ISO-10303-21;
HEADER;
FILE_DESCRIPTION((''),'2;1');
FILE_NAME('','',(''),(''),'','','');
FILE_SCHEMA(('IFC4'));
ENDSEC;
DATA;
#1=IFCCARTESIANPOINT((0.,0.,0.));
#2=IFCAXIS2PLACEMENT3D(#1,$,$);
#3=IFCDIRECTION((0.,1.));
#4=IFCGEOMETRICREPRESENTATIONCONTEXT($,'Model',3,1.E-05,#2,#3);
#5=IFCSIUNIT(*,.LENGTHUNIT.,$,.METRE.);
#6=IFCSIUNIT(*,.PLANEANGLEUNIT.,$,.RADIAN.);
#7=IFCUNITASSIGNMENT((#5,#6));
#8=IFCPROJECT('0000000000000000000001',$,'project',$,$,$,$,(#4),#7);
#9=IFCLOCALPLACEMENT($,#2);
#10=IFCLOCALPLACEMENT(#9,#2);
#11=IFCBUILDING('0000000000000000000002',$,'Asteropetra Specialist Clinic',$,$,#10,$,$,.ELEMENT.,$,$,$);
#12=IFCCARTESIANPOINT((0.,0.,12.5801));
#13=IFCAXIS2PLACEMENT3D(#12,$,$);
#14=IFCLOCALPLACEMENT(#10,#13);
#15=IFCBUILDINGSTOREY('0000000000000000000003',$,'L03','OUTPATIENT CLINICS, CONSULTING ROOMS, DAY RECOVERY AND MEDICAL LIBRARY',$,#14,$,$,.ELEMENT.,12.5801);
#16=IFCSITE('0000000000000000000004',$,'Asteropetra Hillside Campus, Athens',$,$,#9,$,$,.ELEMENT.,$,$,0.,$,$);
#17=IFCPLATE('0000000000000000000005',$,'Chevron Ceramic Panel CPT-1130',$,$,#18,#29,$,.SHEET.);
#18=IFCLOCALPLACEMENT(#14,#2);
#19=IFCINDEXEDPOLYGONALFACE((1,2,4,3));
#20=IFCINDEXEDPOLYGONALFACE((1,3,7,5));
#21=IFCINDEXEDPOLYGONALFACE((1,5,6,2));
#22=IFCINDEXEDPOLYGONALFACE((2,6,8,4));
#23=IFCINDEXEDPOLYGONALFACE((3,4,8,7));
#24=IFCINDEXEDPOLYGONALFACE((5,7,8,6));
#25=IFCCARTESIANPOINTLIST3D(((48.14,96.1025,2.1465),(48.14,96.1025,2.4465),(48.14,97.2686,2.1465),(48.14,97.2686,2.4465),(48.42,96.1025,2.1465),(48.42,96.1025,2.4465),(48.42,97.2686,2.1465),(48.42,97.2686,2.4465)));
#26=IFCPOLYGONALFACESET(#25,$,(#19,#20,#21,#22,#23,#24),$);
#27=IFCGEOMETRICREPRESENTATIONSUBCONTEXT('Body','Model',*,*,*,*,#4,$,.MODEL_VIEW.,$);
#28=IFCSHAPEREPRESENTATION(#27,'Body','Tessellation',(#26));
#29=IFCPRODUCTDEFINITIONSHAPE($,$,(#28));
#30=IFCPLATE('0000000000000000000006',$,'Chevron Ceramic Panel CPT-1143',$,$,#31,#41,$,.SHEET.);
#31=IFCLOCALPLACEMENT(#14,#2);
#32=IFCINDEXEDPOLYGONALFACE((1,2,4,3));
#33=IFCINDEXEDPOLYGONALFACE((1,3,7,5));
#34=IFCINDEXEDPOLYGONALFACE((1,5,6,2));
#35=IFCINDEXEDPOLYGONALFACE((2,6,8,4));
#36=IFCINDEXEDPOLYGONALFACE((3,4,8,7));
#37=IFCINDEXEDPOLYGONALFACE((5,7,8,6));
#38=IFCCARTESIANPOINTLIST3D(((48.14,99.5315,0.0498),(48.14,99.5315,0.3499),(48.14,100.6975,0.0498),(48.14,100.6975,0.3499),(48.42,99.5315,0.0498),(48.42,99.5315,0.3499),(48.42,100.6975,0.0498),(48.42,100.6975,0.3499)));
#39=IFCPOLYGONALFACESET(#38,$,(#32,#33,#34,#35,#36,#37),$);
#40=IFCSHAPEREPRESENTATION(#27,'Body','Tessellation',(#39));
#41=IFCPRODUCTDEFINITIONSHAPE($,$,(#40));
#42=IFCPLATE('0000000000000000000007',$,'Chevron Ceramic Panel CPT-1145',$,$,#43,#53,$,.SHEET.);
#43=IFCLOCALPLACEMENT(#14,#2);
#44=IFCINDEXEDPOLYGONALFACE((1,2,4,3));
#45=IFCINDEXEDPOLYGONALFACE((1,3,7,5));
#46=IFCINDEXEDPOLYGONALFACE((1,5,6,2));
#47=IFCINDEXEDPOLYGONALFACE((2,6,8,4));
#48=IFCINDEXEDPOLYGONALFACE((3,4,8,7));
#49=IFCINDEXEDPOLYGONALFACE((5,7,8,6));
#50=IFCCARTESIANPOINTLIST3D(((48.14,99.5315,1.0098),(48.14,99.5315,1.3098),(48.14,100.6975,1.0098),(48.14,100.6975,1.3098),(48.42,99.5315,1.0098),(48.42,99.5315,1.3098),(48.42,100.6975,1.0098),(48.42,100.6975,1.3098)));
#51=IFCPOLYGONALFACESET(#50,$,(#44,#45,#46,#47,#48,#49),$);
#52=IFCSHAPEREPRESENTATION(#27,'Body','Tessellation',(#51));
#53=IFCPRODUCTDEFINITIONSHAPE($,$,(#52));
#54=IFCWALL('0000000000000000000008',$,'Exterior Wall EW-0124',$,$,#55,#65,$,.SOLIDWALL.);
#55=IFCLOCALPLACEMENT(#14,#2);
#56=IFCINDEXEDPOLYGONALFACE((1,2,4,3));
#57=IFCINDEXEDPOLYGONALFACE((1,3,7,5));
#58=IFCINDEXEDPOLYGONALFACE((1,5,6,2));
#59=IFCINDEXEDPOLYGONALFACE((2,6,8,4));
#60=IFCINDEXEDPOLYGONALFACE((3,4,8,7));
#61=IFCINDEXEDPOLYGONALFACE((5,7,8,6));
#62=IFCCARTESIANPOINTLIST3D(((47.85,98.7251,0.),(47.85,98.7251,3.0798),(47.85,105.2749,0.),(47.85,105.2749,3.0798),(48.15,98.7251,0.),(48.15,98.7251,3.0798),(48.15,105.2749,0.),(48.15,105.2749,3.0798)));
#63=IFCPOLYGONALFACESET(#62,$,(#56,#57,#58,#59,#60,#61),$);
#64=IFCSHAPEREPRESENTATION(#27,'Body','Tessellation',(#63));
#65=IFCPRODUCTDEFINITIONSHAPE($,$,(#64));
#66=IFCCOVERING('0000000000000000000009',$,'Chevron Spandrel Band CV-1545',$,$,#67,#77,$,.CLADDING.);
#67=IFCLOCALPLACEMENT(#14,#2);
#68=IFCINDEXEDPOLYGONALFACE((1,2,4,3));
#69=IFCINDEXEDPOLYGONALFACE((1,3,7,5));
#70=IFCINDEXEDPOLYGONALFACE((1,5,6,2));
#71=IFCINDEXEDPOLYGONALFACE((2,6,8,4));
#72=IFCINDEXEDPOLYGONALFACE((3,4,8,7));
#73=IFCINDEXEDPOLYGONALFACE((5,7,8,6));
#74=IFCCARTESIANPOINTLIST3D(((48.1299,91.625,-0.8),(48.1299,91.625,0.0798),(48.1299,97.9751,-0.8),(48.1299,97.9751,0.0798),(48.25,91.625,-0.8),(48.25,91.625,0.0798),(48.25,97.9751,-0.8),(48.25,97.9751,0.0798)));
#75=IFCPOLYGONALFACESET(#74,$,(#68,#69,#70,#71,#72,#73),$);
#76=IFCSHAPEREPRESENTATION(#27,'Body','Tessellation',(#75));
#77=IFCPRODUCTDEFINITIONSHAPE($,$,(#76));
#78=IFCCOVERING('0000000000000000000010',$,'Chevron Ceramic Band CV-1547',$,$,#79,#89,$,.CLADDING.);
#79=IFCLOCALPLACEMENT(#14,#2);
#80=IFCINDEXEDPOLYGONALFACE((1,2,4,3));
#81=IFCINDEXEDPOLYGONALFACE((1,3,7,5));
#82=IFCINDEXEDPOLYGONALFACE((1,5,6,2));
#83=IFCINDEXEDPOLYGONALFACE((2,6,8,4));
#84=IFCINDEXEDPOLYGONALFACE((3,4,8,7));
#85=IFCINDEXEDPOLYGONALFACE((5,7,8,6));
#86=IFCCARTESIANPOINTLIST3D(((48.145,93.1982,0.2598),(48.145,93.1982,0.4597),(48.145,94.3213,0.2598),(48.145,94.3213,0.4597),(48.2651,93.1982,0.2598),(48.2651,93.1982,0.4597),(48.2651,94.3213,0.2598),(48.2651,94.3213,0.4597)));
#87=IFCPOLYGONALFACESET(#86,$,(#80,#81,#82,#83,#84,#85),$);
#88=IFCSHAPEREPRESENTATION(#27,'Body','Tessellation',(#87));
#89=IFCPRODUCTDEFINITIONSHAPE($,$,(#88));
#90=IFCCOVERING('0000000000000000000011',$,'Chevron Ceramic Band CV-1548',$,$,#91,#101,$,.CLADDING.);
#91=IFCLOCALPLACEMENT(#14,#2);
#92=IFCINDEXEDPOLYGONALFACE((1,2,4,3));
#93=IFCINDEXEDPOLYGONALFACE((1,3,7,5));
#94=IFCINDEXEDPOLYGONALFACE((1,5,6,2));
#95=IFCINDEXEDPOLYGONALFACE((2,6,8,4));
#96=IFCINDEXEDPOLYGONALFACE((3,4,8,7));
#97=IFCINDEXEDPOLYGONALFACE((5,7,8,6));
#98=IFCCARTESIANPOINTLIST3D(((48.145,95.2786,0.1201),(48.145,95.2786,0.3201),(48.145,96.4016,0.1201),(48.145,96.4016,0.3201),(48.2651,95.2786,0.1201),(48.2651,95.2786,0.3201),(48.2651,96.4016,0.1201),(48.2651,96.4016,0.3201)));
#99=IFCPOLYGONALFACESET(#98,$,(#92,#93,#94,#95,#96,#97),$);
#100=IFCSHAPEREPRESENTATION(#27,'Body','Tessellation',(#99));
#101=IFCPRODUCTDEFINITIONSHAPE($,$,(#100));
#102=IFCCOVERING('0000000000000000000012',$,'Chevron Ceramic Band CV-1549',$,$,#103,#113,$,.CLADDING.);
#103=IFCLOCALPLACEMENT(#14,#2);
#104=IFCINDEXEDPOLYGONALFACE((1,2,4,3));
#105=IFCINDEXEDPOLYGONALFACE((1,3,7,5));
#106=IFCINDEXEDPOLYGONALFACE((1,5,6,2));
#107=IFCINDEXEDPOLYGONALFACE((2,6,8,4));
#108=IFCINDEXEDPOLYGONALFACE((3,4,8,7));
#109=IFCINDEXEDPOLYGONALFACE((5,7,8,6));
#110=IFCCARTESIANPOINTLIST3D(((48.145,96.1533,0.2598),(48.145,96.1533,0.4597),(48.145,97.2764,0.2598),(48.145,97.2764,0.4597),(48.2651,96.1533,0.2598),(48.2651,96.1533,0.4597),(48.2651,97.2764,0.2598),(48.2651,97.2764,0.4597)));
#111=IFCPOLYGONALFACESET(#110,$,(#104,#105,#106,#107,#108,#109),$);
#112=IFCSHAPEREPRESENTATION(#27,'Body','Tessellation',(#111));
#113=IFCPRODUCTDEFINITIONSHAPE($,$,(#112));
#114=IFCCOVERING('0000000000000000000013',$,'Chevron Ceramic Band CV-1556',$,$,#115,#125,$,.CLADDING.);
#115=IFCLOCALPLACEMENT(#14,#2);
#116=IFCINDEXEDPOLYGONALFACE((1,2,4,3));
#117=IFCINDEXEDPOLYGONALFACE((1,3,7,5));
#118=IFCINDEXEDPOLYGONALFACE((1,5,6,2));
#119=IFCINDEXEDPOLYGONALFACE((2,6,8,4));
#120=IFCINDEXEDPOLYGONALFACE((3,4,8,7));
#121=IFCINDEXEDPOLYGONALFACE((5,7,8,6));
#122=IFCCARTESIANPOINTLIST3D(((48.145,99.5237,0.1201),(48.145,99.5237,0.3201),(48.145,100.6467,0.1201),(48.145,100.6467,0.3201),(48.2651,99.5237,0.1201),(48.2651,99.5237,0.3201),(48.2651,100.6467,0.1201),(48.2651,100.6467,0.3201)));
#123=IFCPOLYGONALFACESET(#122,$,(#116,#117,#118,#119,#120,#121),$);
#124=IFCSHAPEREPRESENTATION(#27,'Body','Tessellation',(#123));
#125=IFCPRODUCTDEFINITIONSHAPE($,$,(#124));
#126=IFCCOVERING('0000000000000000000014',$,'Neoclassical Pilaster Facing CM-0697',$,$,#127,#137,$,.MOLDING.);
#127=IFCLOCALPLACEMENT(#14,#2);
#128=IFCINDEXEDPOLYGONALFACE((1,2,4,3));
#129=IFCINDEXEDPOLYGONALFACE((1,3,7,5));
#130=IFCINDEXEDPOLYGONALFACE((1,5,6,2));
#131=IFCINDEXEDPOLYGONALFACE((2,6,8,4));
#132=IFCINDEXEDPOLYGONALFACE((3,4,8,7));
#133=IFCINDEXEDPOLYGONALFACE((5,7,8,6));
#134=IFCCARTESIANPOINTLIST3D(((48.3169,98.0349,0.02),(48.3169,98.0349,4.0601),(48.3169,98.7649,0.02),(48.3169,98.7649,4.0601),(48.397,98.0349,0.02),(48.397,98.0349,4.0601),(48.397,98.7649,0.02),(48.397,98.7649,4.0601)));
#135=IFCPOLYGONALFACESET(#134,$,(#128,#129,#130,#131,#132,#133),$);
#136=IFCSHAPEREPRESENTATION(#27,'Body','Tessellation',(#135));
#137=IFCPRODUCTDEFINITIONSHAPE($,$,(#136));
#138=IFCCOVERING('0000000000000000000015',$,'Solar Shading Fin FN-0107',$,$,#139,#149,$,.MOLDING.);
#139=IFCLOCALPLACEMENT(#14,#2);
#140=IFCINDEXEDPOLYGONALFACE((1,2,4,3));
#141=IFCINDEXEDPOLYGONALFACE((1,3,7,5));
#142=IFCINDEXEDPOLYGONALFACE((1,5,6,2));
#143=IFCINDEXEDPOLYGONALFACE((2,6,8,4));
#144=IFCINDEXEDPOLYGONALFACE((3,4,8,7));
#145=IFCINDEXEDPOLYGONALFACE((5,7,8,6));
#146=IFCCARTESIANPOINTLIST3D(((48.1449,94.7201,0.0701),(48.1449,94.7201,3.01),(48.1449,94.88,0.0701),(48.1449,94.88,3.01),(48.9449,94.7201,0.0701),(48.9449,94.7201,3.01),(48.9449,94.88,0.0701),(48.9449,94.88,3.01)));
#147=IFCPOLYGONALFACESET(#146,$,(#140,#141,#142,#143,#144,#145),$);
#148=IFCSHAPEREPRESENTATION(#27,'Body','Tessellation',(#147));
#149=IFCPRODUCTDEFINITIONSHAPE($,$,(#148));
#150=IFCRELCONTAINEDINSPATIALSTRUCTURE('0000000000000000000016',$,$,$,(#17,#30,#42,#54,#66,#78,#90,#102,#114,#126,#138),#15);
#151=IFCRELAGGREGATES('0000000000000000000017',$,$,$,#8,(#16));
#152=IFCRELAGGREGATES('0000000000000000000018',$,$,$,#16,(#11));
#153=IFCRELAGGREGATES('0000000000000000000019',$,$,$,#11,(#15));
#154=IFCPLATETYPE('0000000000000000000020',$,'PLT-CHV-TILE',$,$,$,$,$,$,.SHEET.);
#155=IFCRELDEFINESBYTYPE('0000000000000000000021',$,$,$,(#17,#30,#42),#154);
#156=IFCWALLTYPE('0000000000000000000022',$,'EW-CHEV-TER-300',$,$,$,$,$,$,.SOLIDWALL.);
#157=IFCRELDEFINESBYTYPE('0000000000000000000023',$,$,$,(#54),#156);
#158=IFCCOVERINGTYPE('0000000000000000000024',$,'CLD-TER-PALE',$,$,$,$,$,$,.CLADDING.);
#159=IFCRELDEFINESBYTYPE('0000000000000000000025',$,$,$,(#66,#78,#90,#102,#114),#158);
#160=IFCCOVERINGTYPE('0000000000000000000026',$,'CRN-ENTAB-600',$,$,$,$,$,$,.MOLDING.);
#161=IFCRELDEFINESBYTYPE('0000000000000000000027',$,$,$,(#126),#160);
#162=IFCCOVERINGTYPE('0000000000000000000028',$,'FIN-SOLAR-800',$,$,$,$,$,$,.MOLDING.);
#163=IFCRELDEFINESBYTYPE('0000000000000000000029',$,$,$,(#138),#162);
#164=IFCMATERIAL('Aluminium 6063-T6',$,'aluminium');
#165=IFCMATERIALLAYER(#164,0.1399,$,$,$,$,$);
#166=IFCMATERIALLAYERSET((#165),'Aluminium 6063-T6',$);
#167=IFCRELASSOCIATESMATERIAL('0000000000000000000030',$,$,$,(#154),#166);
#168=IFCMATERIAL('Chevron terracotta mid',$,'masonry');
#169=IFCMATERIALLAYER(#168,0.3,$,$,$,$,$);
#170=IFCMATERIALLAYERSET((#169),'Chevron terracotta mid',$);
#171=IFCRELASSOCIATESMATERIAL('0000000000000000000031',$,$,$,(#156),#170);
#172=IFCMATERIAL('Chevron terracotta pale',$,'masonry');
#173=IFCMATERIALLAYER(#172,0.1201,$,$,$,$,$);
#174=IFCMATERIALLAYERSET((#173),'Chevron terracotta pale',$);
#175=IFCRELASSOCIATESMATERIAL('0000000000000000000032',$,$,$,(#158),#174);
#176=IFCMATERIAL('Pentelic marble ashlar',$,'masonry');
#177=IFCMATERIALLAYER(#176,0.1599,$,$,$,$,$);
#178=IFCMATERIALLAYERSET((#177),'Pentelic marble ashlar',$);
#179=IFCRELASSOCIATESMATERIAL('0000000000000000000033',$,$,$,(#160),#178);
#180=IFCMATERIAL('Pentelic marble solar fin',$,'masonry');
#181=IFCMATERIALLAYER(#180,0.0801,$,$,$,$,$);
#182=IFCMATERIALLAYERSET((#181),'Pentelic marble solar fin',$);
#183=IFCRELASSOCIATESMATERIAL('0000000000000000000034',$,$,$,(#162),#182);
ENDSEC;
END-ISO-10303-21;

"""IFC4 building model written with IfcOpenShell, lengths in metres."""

from ifc_helpers import new_model, si_unit, direction, frame, frame_2d, origin, origin_2d, place, context, subcontext, project, spatial, rectangle, extrude, material, layer, layer_set, type_object, element, save


model = new_model("IFC4")

# Units and contexts
model_context = context("Model", 3, precision=1e-05, world=origin(), true_north=direction((0.0, 1.0)))
body_context = subcontext(model_context, "Body", "Model", "MODEL_VIEW")
ifc_project = project(units=[si_unit("LENGTHUNIT", "METRE"), si_unit("PLANEANGLEUNIT", "RADIAN")], contexts=[model_context])

# Site, building, storey
site_placement = place(None, origin())
site = spatial("IfcSite", under=ifc_project, at=site_placement, Name="Asteropetra Hillside Campus, Athens", CompositionType="ELEMENT", RefElevation=0.0)
building_placement = place(site_placement, origin())
building = spatial("IfcBuilding", under=site, at=building_placement, Name="Asteropetra Specialist Clinic", CompositionType="ELEMENT")
storey_placement = place(building_placement, frame((0.0, 0.0, 12.5801)))
storey = spatial("IfcBuildingStorey", under=building, at=storey_placement, Name="L03", Description="OUTPATIENT CLINICS, CONSULTING ROOMS, DAY RECOVERY AND MEDICAL LIBRARY", CompositionType="ELEMENT", Elevation=12.5801)

# Plates
ifc_material_1 = material(Name="Aluminium 6063-T6", Category="aluminium")
ifc_layer_1 = layer(ifc_material_1, 0.1399)
ifc_layer_set_1 = layer_set([ifc_layer_1], Name="Aluminium 6063-T6")
plate_type_1 = type_object("IfcPlateType", Name="PLT-CHV-TILE", PredefinedType="SHEET", material=ifc_layer_set_1)
for number, where, z_axis, x_axis, name in (
    (1, (48.28, 96.6855, 2.1465), (0.0, 0.0, 1.0), (1.0, 0.0, 0.0), "Chevron Ceramic Panel CPT-1130"),
    (2, (48.28, 100.1145, 0.0498), (0.0, 0.0, 1.0), (1.0, 0.0, 0.0), "Chevron Ceramic Panel CPT-1143"),
    (3, (48.28, 100.1145, 1.0098), (0.0, 0.0, 1.0), (1.0, 0.0, 0.0), "Chevron Ceramic Panel CPT-1145"),
):
    element("IfcPlate", number, at=place(storey_placement, frame(where, z_axis=z_axis, x_axis=x_axis)), inside=storey, type_object=plate_type_1, Name=name, PredefinedType="SHEET", context=body_context, shape_type="SweptSolid", body=[
        extrude(rectangle(XDim=0.28, YDim=1.166, at=origin_2d()), origin(), (0.0, 0.0, 1.0), 0.3),
    ])

# Wall
ifc_material_2 = material(Name="Chevron terracotta mid", Category="masonry")
ifc_layer_2 = layer(ifc_material_2, 0.3)
ifc_layer_set_2 = layer_set([ifc_layer_2], Name="Chevron terracotta mid")
wall_type = type_object("IfcWallType", Name="EW-CHEV-TER-300", PredefinedType="SOLIDWALL", material=ifc_layer_set_2)
wall_placement = place(storey_placement, frame((48.0, 98.7251, 0.0), z_axis=(0.0, 0.0, 1.0), x_axis=(0.0, 1.0, 0.0)))
element("IfcWall", 4, at=wall_placement, inside=storey, type_object=wall_type, Name="Exterior Wall EW-0124", PredefinedType="SOLIDWALL", context=body_context, shape_type="SweptSolid", body=[
    extrude(rectangle(XDim=6.5498, YDim=0.3, at=frame_2d((3.2749, 0.0))), origin(), (0.0, 0.0, 1.0), 3.0798),
])

# Coverings
ifc_material_3 = material(Name="Chevron terracotta pale", Category="masonry")
ifc_layer_3 = layer(ifc_material_3, 0.1201)
ifc_layer_set_3 = layer_set([ifc_layer_3], Name="Chevron terracotta pale")
covering_type_1 = type_object("IfcCoveringType", Name="CLD-TER-PALE", PredefinedType="CLADDING", material=ifc_layer_set_3)
covering_1_placement = place(storey_placement, frame((48.1899, 94.8, -0.8), z_axis=(0.0, 0.0, 1.0), x_axis=(1.0, 0.0, 0.0)))
element("IfcCovering", 5, at=covering_1_placement, inside=storey, type_object=covering_type_1, Name="Chevron Spandrel Band CV-1545", PredefinedType="CLADDING", context=body_context, shape_type="SweptSolid", body=[
    extrude(rectangle(XDim=0.1201, YDim=6.3501, at=origin_2d()), origin(), (0.0, 0.0, 1.0), 0.8799),
])
for number, where, z_axis, x_axis, name in (
    (6, (48.2051, 93.7598, 0.2598), (0.0, 0.0, 1.0), (1.0, 0.0, 0.0), "Chevron Ceramic Band CV-1547"),
    (7, (48.2051, 95.8401, 0.1201), (0.0, 0.0, 1.0), (1.0, 0.0, 0.0), "Chevron Ceramic Band CV-1548"),
    (8, (48.2051, 96.7148, 0.2598), (0.0, 0.0, 1.0), (1.0, 0.0, 0.0), "Chevron Ceramic Band CV-1549"),
    (9, (48.2051, 100.0852, 0.1201), (0.0, 0.0, 1.0), (1.0, 0.0, 0.0), "Chevron Ceramic Band CV-1556"),
):
    element("IfcCovering", number, at=place(storey_placement, frame(where, z_axis=z_axis, x_axis=x_axis)), inside=storey, type_object=covering_type_1, Name=name, PredefinedType="CLADDING", context=body_context, shape_type="SweptSolid", body=[
        extrude(rectangle(XDim=0.1201, YDim=1.123, at=origin_2d()), origin(), (0.0, 0.0, 1.0), 0.2),
    ])
ifc_material_4 = material(Name="Pentelic marble ashlar", Category="masonry")
ifc_layer_4 = layer(ifc_material_4, 0.1599)
ifc_layer_set_4 = layer_set([ifc_layer_4], Name="Pentelic marble ashlar")
covering_type_2 = type_object("IfcCoveringType", Name="CRN-ENTAB-600", PredefinedType="MOLDING", material=ifc_layer_set_4)
covering_2_placement = place(storey_placement, frame((48.3569, 98.3999, 0.02), z_axis=(0.0, 0.0, 1.0), x_axis=(1.0, 0.0, 0.0)))
element("IfcCovering", 10, at=covering_2_placement, inside=storey, type_object=covering_type_2, Name="Neoclassical Pilaster Facing CM-0697", PredefinedType="MOLDING", context=body_context, shape_type="SweptSolid", body=[
    extrude(rectangle(XDim=0.0801, YDim=0.73, at=origin_2d()), origin(), (0.0, 0.0, 1.0), 4.04),
])
ifc_material_5 = material(Name="Pentelic marble solar fin", Category="masonry")
ifc_layer_5 = layer(ifc_material_5, 0.0801)
ifc_layer_set_5 = layer_set([ifc_layer_5], Name="Pentelic marble solar fin")
covering_type_3 = type_object("IfcCoveringType", Name="FIN-SOLAR-800", PredefinedType="MOLDING", material=ifc_layer_set_5)
covering_3_placement = place(storey_placement, frame((48.5449, 94.8, 0.0701), z_axis=(0.0, 0.0, 1.0), x_axis=(1.0, 0.0, 0.0)))
element("IfcCovering", 11, at=covering_3_placement, inside=storey, type_object=covering_type_3, Name="Solar Shading Fin FN-0107", PredefinedType="MOLDING", context=body_context, shape_type="SweptSolid", body=[
    extrude(rectangle(XDim=0.8, YDim=0.1599, at=origin_2d()), origin(), (0.0, 0.0, 1.0), 2.9399),
])

save(model, "model.ifc")
